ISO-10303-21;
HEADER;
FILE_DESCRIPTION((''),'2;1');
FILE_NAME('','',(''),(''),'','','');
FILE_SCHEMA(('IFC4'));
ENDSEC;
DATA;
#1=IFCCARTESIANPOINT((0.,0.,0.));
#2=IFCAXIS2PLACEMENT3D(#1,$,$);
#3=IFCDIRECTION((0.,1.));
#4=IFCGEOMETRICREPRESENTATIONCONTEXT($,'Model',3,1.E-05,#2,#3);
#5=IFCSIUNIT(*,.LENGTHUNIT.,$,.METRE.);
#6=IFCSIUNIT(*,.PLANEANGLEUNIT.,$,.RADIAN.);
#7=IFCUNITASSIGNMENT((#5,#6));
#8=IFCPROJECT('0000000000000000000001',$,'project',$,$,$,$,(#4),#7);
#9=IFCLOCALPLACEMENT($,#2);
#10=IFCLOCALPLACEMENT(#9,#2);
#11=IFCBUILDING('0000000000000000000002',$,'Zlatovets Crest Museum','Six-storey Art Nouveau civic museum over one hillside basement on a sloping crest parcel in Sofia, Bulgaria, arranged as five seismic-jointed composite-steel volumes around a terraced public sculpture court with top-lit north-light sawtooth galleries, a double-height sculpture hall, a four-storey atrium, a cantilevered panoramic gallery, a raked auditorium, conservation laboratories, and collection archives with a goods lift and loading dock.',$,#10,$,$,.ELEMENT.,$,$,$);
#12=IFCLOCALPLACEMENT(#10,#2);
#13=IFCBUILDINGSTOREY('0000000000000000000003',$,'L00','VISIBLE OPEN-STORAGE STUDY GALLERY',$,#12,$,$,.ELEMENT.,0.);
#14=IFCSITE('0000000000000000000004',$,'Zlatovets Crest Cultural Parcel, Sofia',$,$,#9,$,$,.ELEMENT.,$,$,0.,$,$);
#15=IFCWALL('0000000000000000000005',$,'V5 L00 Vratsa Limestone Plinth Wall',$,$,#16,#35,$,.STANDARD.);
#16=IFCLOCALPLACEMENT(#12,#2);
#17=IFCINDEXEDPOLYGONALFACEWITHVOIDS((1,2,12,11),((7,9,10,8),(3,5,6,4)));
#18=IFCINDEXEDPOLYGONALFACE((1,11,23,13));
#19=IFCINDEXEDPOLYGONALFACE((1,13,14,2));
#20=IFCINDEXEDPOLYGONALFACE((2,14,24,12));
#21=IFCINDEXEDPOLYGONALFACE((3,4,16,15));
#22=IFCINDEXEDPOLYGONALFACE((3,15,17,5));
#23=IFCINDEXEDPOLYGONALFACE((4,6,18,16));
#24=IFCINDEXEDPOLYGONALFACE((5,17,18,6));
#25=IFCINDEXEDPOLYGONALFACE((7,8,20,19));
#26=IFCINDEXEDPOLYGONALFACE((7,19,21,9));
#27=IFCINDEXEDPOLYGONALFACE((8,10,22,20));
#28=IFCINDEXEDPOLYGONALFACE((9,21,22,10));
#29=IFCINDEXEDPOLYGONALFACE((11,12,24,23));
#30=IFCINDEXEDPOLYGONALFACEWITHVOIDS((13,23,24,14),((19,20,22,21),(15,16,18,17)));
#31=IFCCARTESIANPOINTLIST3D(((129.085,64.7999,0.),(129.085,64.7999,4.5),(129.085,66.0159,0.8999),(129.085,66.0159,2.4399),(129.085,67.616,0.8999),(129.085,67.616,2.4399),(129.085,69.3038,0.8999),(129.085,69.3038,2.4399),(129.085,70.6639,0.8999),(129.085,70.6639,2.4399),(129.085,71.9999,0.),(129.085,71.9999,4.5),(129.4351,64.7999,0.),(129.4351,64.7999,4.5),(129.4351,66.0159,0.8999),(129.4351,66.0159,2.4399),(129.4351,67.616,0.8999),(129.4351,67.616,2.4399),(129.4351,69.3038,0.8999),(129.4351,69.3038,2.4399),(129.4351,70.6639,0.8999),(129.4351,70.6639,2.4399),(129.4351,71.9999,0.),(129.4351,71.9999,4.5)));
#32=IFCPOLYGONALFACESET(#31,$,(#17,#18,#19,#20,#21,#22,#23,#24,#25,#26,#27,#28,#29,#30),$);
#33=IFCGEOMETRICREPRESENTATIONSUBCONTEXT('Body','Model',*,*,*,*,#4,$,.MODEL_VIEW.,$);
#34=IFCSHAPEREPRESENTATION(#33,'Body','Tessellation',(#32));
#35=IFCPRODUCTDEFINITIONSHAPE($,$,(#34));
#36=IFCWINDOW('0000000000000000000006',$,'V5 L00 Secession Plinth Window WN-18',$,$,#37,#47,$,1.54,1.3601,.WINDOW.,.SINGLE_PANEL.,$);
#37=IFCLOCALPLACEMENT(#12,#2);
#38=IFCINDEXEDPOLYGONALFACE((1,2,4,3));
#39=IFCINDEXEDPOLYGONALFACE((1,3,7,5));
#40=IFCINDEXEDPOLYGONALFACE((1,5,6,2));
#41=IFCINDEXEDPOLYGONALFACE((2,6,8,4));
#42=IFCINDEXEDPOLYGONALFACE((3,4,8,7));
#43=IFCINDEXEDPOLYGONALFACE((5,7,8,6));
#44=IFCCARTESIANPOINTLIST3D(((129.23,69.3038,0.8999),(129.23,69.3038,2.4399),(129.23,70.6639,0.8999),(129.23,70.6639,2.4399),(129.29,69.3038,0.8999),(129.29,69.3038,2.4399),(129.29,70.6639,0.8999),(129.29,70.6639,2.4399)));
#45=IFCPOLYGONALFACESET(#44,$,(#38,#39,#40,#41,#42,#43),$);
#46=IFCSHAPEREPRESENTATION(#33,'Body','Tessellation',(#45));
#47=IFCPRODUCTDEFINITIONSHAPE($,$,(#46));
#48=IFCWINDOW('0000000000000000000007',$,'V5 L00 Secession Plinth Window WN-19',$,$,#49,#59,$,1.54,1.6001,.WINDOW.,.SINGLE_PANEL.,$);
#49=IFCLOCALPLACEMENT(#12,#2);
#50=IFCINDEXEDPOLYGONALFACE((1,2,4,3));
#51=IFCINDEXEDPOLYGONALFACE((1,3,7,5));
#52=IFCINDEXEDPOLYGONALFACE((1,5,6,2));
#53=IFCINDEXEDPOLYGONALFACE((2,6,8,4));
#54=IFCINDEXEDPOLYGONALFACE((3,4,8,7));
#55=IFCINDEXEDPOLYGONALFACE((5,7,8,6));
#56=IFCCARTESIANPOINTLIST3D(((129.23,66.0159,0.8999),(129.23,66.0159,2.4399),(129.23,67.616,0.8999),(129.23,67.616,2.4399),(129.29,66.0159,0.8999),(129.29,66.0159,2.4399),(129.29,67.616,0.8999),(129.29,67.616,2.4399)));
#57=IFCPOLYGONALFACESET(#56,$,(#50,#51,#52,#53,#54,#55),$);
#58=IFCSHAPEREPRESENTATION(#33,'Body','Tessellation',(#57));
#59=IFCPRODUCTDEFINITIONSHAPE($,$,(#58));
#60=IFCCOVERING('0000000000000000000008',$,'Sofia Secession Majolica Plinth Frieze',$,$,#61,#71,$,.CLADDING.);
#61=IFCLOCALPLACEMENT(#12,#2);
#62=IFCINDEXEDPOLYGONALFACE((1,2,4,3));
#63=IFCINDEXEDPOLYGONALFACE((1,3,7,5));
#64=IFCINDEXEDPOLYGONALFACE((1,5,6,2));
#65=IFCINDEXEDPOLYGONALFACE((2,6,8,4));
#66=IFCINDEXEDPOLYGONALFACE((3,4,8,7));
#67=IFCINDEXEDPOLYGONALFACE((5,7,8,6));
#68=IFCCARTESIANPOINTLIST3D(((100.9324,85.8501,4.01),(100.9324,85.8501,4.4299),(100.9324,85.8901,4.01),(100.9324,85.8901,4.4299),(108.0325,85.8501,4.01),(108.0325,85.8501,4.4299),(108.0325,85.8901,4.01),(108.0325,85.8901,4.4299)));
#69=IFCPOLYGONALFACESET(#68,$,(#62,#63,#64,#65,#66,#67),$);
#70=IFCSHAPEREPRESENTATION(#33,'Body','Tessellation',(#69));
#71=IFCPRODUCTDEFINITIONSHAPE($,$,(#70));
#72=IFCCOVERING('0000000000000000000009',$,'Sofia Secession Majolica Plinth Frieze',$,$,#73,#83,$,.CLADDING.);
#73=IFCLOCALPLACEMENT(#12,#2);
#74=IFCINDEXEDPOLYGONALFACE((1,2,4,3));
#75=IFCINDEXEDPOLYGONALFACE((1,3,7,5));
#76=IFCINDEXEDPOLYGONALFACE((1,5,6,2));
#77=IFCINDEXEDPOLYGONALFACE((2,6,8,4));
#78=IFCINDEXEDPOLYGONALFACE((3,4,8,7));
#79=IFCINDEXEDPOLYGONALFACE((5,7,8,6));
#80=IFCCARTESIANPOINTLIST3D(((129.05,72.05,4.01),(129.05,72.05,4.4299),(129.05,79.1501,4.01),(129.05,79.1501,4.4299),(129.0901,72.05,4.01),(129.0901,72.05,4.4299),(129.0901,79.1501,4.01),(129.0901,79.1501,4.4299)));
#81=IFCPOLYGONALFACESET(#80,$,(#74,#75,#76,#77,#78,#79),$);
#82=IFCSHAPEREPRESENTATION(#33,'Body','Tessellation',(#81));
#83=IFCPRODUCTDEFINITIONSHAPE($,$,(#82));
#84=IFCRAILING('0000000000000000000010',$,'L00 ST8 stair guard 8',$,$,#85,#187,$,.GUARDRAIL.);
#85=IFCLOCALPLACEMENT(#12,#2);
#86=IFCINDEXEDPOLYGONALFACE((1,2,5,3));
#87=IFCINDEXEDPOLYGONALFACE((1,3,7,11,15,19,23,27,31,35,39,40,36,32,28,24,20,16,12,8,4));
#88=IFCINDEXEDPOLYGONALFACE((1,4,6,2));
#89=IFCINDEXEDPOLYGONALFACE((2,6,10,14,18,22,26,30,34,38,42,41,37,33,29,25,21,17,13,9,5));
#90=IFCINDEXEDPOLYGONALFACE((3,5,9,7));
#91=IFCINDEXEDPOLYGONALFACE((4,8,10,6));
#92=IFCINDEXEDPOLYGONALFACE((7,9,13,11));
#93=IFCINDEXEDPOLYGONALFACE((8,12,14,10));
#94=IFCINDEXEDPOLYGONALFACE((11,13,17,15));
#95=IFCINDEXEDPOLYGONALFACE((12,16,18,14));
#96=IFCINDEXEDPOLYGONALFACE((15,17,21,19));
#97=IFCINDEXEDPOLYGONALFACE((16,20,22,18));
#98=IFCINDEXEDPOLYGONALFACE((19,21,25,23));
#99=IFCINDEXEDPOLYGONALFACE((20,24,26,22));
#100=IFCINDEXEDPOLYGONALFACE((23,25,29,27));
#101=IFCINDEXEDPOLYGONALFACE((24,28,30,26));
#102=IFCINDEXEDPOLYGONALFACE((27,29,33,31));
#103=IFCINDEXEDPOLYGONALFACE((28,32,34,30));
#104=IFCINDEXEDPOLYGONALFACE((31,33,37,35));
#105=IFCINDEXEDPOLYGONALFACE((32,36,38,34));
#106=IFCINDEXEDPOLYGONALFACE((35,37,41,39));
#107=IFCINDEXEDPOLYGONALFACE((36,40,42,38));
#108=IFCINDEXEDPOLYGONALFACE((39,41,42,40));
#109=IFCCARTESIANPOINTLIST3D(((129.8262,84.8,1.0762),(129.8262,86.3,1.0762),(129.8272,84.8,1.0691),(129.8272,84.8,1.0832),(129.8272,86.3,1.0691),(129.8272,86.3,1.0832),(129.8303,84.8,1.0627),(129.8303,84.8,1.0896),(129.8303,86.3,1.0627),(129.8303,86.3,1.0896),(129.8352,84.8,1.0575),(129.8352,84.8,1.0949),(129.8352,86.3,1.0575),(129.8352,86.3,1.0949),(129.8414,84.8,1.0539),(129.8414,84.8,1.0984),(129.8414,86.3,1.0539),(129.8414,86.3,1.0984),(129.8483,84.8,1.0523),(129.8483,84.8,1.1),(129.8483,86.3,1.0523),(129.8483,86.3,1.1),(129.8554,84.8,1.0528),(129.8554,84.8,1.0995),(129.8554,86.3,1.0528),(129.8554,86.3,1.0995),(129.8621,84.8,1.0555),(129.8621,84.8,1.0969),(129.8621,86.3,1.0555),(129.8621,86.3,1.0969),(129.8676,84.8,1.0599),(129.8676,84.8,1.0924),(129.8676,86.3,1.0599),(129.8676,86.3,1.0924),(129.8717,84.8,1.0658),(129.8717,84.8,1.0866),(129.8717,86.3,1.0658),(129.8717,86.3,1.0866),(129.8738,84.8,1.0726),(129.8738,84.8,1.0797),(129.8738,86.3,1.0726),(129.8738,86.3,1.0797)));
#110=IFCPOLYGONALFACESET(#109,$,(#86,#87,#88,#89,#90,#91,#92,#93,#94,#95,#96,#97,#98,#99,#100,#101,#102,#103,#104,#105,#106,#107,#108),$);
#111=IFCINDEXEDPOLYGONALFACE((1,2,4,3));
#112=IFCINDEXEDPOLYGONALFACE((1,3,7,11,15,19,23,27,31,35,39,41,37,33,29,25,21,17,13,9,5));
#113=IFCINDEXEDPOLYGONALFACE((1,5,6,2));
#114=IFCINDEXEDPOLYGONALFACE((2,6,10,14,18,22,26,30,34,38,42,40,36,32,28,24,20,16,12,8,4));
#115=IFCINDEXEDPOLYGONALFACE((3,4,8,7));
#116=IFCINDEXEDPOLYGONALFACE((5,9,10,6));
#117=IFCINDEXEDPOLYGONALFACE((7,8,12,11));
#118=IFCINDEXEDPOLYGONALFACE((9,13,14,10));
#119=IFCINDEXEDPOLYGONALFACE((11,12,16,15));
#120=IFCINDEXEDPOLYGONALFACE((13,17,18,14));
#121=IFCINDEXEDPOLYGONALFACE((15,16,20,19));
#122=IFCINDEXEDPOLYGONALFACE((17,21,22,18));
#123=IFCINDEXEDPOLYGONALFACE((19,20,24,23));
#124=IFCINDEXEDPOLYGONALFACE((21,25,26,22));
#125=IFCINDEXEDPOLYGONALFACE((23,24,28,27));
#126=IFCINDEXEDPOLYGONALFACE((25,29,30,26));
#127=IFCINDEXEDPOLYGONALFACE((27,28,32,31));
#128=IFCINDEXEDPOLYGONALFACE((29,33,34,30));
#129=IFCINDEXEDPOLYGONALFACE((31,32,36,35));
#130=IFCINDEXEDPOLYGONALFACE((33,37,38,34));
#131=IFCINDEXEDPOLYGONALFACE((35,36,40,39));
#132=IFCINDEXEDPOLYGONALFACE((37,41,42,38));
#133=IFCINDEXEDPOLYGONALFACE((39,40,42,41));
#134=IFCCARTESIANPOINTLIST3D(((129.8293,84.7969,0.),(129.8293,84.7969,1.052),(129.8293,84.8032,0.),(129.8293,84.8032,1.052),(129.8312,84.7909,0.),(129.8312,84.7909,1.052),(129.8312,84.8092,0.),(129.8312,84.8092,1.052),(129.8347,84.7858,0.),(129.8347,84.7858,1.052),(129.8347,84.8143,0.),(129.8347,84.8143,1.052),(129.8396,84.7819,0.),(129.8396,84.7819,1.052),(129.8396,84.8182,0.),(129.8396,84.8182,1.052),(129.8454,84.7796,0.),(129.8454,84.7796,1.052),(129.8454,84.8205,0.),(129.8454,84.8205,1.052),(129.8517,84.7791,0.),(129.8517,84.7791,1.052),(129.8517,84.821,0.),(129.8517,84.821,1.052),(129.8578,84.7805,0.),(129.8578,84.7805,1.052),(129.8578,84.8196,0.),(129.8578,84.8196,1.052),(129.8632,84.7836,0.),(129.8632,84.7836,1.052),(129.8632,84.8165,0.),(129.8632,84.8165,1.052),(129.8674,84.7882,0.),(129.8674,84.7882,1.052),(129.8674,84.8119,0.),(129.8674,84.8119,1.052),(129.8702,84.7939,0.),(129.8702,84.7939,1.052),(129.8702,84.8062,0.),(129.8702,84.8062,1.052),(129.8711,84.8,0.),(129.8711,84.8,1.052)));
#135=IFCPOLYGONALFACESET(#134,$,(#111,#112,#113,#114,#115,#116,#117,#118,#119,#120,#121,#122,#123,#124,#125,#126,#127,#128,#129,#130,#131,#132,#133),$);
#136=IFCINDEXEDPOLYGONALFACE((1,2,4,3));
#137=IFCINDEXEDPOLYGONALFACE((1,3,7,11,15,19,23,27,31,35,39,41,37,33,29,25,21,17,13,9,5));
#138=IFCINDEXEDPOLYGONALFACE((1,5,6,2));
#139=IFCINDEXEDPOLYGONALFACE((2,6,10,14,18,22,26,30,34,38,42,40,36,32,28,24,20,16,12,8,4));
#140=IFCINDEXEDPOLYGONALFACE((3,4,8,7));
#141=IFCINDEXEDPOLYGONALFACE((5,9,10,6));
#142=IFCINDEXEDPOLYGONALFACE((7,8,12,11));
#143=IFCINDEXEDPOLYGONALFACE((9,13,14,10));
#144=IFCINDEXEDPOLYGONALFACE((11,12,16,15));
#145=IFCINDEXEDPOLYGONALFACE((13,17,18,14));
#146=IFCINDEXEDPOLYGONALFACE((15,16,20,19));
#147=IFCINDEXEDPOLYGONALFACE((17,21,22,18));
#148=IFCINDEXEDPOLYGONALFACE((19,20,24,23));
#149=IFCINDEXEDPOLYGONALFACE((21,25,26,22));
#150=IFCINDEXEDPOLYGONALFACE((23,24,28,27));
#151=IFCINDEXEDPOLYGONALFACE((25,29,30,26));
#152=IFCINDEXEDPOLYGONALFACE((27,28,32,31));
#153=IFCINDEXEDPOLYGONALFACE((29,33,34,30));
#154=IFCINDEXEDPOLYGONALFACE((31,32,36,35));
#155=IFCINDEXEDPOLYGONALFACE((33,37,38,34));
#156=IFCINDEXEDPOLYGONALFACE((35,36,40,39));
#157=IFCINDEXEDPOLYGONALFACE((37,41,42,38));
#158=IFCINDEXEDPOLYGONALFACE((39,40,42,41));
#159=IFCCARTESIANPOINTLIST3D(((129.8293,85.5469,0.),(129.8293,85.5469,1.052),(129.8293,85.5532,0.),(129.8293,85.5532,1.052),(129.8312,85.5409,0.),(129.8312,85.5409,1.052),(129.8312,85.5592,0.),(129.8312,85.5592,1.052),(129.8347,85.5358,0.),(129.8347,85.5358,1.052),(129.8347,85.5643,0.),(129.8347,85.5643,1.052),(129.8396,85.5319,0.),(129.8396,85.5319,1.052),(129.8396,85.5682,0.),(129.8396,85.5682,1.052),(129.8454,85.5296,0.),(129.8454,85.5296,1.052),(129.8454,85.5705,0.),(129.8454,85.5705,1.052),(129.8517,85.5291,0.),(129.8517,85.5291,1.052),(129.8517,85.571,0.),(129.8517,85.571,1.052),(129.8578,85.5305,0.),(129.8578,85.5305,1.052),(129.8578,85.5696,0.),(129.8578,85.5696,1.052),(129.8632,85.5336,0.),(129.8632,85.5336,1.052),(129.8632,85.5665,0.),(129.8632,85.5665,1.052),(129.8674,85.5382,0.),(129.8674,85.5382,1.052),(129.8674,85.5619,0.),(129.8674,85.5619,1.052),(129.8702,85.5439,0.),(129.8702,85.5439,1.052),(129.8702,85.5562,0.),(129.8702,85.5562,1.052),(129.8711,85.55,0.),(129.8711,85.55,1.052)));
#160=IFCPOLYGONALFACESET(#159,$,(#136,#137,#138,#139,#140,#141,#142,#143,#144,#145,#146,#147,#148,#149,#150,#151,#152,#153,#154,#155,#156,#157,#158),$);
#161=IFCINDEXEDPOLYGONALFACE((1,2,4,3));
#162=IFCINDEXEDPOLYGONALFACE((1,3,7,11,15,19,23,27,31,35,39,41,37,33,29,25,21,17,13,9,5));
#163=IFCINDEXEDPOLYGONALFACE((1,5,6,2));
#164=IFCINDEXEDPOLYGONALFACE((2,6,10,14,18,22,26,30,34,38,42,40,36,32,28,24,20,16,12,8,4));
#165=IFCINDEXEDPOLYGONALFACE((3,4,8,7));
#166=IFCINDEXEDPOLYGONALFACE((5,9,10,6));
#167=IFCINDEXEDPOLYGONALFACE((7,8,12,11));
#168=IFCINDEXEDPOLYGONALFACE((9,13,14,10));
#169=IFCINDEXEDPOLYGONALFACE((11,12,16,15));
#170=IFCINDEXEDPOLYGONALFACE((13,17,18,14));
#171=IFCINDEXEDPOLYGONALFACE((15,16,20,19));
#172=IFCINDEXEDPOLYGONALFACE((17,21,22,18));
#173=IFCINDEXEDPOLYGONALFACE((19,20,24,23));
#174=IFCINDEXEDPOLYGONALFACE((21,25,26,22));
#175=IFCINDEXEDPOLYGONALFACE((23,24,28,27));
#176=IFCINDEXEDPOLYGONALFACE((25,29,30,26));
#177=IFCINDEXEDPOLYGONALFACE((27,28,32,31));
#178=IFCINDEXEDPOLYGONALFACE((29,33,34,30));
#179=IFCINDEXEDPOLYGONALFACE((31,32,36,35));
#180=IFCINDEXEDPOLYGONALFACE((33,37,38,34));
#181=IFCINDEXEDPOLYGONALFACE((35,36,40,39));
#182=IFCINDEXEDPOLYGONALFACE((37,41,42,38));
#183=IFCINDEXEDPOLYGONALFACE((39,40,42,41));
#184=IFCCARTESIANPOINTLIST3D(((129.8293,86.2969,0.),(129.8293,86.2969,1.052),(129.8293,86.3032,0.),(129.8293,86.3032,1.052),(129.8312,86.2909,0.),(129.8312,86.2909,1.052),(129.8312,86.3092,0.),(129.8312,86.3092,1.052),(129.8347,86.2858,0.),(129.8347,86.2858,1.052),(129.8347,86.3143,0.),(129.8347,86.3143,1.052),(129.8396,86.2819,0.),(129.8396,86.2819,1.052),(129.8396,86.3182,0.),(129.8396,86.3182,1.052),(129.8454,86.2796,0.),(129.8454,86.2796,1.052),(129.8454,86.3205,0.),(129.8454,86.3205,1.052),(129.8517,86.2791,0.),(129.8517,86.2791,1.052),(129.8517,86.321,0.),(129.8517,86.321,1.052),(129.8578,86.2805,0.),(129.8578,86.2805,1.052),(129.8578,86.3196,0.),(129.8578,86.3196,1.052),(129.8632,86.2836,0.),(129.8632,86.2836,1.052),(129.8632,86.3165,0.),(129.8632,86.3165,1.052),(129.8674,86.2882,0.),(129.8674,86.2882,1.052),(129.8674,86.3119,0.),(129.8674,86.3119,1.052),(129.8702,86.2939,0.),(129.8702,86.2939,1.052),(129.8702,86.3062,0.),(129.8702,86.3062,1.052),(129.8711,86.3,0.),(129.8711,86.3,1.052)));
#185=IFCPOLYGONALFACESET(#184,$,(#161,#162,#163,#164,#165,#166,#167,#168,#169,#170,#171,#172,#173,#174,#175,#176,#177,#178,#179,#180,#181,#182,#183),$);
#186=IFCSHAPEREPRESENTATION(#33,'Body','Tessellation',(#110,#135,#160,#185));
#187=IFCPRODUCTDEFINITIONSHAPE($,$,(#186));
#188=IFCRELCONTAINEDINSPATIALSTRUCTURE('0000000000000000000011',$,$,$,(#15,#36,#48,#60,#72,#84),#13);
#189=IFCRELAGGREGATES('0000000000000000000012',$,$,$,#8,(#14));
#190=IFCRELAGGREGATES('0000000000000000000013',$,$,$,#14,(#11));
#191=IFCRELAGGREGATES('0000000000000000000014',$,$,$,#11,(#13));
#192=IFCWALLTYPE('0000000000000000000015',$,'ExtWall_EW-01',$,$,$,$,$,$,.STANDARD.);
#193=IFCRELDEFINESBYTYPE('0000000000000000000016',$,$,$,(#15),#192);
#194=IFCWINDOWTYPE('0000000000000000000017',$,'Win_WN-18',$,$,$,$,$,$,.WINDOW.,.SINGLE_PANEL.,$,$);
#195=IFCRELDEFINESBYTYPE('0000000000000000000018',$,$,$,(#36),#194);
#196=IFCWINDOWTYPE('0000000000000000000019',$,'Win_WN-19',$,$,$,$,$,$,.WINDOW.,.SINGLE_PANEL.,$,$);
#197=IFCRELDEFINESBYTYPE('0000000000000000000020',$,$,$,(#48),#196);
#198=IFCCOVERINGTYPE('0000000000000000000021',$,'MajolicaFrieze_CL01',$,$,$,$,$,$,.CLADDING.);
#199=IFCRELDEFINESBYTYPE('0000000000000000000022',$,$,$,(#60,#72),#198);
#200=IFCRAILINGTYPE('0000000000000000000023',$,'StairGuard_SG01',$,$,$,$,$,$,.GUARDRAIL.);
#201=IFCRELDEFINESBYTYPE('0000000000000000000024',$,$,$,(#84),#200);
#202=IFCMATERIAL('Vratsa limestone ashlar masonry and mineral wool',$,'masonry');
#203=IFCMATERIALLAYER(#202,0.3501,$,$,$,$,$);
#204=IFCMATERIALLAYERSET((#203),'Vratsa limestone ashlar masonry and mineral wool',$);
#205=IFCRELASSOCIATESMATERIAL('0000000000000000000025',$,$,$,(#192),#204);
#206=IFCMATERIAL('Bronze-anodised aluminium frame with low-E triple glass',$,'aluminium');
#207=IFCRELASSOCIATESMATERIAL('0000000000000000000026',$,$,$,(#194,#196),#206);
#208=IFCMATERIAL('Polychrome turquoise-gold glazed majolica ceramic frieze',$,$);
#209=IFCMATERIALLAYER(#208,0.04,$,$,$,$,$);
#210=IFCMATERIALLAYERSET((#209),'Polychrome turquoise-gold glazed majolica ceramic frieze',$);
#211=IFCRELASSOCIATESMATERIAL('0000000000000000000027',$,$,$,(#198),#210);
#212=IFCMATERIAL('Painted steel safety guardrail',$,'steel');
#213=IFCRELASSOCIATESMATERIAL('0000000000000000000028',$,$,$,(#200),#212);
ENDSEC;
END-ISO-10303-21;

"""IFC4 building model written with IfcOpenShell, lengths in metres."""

from ifc_helpers import new_model, si_unit, direction, frame, frame_2d, origin, origin_2d, place, context, subcontext, project, spatial, rectangle, circle, extrude, material, layer, layer_set, type_object, element, fill, save


model = new_model("IFC4")

# Units and contexts
model_context = context("Model", 3, precision=1e-05, world=origin(), true_north=direction((0.0, 1.0)))
body_context = subcontext(model_context, "Body", "Model", "MODEL_VIEW")
ifc_project = project(units=[si_unit("LENGTHUNIT", "METRE"), si_unit("PLANEANGLEUNIT", "RADIAN")], contexts=[model_context])

# Site, building, storey
site_placement = place(None, origin())
site = spatial("IfcSite", under=ifc_project, at=site_placement, Name="Zlatovets Crest Cultural Parcel, Sofia", CompositionType="ELEMENT", RefElevation=0.0)
building_placement = place(site_placement, origin())
building = spatial("IfcBuilding", under=site, at=building_placement, Name="Zlatovets Crest Museum", Description="Six-storey Art Nouveau civic museum over one hillside basement on a sloping crest parcel in Sofia, Bulgaria, arranged as five seismic-jointed composite-steel volumes around a terraced public sculpture court with top-lit north-light sawtooth galleries, a double-height sculpture hall, a four-storey atrium, a cantilevered panoramic gallery, a raked auditorium, conservation laboratories, and collection archives with a goods lift and loading dock.", CompositionType="ELEMENT")
storey_placement = place(building_placement, origin())
storey = spatial("IfcBuildingStorey", under=building, at=storey_placement, Name="L00", Description="VISIBLE OPEN-STORAGE STUDY GALLERY", CompositionType="ELEMENT", Elevation=0.0)

# Shared definitions
ifc_material_1 = material(Name="Vratsa limestone ashlar masonry and mineral wool", Category="masonry")
ifc_layer_1 = layer(ifc_material_1, 0.3501)
ifc_layer_set_1 = layer_set([ifc_layer_1], Name="Vratsa limestone ashlar masonry and mineral wool")
wall_type_1 = type_object("IfcWallType", Name="ExtWall_EW-01", PredefinedType="STANDARD", material=ifc_layer_set_1)
ifc_material_2 = material(Name="Bronze-anodised aluminium frame with low-E triple glass", Category="aluminium")

# Wall, openings, windows
wall_1_placement = place(storey_placement, frame((129.26, 72.0, 0.0), z_axis=(0.0, 0.0, 1.0), x_axis=(0.0, -1.0, 0.0)))
wall_1 = element("IfcWall", 1, at=wall_1_placement, inside=storey, type_object=wall_type_1, Name="V5 L00 Vratsa Limestone Plinth Wall", PredefinedType="STANDARD", context=body_context, shape_type="SweptSolid", body=[
    extrude(rectangle(XDim=7.2, YDim=0.3501, at=frame_2d((3.6001, 0.0))), origin(), (0.0, 0.0, 1.0), 4.5),
])
opening_1_placement = place(wall_1_placement, frame((1.3359, 0.0, 0.8999)))
opening_1 = element("IfcOpeningElement", 2, at=opening_1_placement, cuts=wall_1, PredefinedType="OPENING", context=body_context, shape_type="SweptSolid", body=[
    extrude(rectangle(XDim=1.3601, YDim=1.54, at=frame_2d((0.6802, 0.77))), frame((0.0, 0.1851, 0.0), z_axis=(0.0, -1.0, 0.0), x_axis=(1.0, 0.0, 0.0)), (0.0, 0.0, 1.0), 0.3701),
])
opening_2_placement = place(wall_1_placement, frame((4.384, 0.0, 0.8999)))
opening_2 = element("IfcOpeningElement", 3, at=opening_2_placement, cuts=wall_1, PredefinedType="OPENING", context=body_context, shape_type="SweptSolid", body=[
    extrude(rectangle(XDim=1.6001, YDim=1.54, at=frame_2d((0.8, 0.77))), frame((0.0, 0.1851, 0.0), z_axis=(0.0, -1.0, 0.0), x_axis=(1.0, 0.0, 0.0)), (0.0, 0.0, 1.0), 0.3701),
])
window_type_1 = type_object("IfcWindowType", Name="Win_WN-18", PartitioningType="SINGLE_PANEL", PredefinedType="WINDOW", material=ifc_material_2)
window_1_placement = place(opening_1_placement, origin())
window_1 = element("IfcWindow", 4, at=window_1_placement, inside=storey, type_object=window_type_1, Name="V5 L00 Secession Plinth Window WN-18", OverallHeight=1.54, OverallWidth=1.3601, PartitioningType="SINGLE_PANEL", PredefinedType="WINDOW", context=body_context, shape_type="SweptSolid", body=[
    extrude(rectangle(XDim=1.3601, YDim=1.54, at=frame_2d((0.6802, 0.77))), frame((0.0, 0.03, 0.0), z_axis=(0.0, -1.0, 0.0), x_axis=(1.0, 0.0, 0.0)), (0.0, 0.0, 1.0), 0.0601),
])
fill(opening_1, window_1)
window_type_2 = type_object("IfcWindowType", Name="Win_WN-19", PartitioningType="SINGLE_PANEL", PredefinedType="WINDOW", material=ifc_material_2)
window_2_placement = place(opening_2_placement, origin())
window_2 = element("IfcWindow", 5, at=window_2_placement, inside=storey, type_object=window_type_2, Name="V5 L00 Secession Plinth Window WN-19", OverallHeight=1.54, OverallWidth=1.6001, PartitioningType="SINGLE_PANEL", PredefinedType="WINDOW", context=body_context, shape_type="SweptSolid", body=[
    extrude(rectangle(XDim=1.6001, YDim=1.54, at=frame_2d((0.8, 0.77))), frame((0.0, 0.03, 0.0), z_axis=(0.0, -1.0, 0.0), x_axis=(1.0, 0.0, 0.0)), (0.0, 0.0, 1.0), 0.0601),
])
fill(opening_2, window_2)

# Coverings
ifc_material_3 = material(Name="Polychrome turquoise-gold glazed majolica ceramic frieze")
ifc_layer_2 = layer(ifc_material_3, 0.04)
ifc_layer_set_2 = layer_set([ifc_layer_2], Name="Polychrome turquoise-gold glazed majolica ceramic frieze")
covering_type = type_object("IfcCoveringType", Name="MajolicaFrieze_CL01", PredefinedType="CLADDING", material=ifc_layer_set_2)
for number, where, z_axis, x_axis, name in (
    (6, (104.4824, 85.8701, 4.01), (0.0, 0.0, 1.0), (1.0, 0.0, 0.0), "Sofia Secession Majolica Plinth Frieze"),
    (7, (129.0701, 75.6001, 4.01), (0.0, 0.0, 1.0), (0.0, 1.0, 0.0), "Sofia Secession Majolica Plinth Frieze"),
):
    element("IfcCovering", number, at=place(storey_placement, frame(where, z_axis=z_axis, x_axis=x_axis)), inside=storey, type_object=covering_type, Name=name, PredefinedType="CLADDING", context=body_context, shape_type="SweptSolid", body=[
        extrude(rectangle(XDim=7.1001, YDim=0.04, at=origin_2d()), origin(), (0.0, 0.0, 1.0), 0.4199),
    ])

# Railing
ifc_material_4 = material(Name="Painted steel safety guardrail", Category="steel")
railing_type = type_object("IfcRailingType", Name="StairGuard_SG01", PredefinedType="GUARDRAIL", material=ifc_material_4)
railing_placement = place(storey_placement, frame((129.8501, 84.8, 0.0)))
element("IfcRailing", 8, at=railing_placement, inside=storey, type_object=railing_type, Name="L00 ST8 stair guard 8", PredefinedType="GUARDRAIL", context=body_context, shape_type="SweptSolid", body=[
    extrude(circle(Radius=0.0239, at=origin_2d()), frame((0.0, 0.0, 1.0762), z_axis=(0.0, 1.0, 0.0), x_axis=(-1.0, 0.0, 0.0)), (0.0, 0.0, 1.0), 1.5),
    extrude(circle(Radius=0.021, at=origin_2d()), origin(), (0.0, 0.0, 1.0), 1.052),
    extrude(circle(Radius=0.021, at=origin_2d()), frame((0.0, 0.75, 0.0)), (0.0, 0.0, 1.0), 1.052),
    extrude(circle(Radius=0.021, at=origin_2d()), frame((0.0, 1.5, 0.0)), (0.0, 0.0, 1.0), 1.052),
])

save(model, "model.ifc")
